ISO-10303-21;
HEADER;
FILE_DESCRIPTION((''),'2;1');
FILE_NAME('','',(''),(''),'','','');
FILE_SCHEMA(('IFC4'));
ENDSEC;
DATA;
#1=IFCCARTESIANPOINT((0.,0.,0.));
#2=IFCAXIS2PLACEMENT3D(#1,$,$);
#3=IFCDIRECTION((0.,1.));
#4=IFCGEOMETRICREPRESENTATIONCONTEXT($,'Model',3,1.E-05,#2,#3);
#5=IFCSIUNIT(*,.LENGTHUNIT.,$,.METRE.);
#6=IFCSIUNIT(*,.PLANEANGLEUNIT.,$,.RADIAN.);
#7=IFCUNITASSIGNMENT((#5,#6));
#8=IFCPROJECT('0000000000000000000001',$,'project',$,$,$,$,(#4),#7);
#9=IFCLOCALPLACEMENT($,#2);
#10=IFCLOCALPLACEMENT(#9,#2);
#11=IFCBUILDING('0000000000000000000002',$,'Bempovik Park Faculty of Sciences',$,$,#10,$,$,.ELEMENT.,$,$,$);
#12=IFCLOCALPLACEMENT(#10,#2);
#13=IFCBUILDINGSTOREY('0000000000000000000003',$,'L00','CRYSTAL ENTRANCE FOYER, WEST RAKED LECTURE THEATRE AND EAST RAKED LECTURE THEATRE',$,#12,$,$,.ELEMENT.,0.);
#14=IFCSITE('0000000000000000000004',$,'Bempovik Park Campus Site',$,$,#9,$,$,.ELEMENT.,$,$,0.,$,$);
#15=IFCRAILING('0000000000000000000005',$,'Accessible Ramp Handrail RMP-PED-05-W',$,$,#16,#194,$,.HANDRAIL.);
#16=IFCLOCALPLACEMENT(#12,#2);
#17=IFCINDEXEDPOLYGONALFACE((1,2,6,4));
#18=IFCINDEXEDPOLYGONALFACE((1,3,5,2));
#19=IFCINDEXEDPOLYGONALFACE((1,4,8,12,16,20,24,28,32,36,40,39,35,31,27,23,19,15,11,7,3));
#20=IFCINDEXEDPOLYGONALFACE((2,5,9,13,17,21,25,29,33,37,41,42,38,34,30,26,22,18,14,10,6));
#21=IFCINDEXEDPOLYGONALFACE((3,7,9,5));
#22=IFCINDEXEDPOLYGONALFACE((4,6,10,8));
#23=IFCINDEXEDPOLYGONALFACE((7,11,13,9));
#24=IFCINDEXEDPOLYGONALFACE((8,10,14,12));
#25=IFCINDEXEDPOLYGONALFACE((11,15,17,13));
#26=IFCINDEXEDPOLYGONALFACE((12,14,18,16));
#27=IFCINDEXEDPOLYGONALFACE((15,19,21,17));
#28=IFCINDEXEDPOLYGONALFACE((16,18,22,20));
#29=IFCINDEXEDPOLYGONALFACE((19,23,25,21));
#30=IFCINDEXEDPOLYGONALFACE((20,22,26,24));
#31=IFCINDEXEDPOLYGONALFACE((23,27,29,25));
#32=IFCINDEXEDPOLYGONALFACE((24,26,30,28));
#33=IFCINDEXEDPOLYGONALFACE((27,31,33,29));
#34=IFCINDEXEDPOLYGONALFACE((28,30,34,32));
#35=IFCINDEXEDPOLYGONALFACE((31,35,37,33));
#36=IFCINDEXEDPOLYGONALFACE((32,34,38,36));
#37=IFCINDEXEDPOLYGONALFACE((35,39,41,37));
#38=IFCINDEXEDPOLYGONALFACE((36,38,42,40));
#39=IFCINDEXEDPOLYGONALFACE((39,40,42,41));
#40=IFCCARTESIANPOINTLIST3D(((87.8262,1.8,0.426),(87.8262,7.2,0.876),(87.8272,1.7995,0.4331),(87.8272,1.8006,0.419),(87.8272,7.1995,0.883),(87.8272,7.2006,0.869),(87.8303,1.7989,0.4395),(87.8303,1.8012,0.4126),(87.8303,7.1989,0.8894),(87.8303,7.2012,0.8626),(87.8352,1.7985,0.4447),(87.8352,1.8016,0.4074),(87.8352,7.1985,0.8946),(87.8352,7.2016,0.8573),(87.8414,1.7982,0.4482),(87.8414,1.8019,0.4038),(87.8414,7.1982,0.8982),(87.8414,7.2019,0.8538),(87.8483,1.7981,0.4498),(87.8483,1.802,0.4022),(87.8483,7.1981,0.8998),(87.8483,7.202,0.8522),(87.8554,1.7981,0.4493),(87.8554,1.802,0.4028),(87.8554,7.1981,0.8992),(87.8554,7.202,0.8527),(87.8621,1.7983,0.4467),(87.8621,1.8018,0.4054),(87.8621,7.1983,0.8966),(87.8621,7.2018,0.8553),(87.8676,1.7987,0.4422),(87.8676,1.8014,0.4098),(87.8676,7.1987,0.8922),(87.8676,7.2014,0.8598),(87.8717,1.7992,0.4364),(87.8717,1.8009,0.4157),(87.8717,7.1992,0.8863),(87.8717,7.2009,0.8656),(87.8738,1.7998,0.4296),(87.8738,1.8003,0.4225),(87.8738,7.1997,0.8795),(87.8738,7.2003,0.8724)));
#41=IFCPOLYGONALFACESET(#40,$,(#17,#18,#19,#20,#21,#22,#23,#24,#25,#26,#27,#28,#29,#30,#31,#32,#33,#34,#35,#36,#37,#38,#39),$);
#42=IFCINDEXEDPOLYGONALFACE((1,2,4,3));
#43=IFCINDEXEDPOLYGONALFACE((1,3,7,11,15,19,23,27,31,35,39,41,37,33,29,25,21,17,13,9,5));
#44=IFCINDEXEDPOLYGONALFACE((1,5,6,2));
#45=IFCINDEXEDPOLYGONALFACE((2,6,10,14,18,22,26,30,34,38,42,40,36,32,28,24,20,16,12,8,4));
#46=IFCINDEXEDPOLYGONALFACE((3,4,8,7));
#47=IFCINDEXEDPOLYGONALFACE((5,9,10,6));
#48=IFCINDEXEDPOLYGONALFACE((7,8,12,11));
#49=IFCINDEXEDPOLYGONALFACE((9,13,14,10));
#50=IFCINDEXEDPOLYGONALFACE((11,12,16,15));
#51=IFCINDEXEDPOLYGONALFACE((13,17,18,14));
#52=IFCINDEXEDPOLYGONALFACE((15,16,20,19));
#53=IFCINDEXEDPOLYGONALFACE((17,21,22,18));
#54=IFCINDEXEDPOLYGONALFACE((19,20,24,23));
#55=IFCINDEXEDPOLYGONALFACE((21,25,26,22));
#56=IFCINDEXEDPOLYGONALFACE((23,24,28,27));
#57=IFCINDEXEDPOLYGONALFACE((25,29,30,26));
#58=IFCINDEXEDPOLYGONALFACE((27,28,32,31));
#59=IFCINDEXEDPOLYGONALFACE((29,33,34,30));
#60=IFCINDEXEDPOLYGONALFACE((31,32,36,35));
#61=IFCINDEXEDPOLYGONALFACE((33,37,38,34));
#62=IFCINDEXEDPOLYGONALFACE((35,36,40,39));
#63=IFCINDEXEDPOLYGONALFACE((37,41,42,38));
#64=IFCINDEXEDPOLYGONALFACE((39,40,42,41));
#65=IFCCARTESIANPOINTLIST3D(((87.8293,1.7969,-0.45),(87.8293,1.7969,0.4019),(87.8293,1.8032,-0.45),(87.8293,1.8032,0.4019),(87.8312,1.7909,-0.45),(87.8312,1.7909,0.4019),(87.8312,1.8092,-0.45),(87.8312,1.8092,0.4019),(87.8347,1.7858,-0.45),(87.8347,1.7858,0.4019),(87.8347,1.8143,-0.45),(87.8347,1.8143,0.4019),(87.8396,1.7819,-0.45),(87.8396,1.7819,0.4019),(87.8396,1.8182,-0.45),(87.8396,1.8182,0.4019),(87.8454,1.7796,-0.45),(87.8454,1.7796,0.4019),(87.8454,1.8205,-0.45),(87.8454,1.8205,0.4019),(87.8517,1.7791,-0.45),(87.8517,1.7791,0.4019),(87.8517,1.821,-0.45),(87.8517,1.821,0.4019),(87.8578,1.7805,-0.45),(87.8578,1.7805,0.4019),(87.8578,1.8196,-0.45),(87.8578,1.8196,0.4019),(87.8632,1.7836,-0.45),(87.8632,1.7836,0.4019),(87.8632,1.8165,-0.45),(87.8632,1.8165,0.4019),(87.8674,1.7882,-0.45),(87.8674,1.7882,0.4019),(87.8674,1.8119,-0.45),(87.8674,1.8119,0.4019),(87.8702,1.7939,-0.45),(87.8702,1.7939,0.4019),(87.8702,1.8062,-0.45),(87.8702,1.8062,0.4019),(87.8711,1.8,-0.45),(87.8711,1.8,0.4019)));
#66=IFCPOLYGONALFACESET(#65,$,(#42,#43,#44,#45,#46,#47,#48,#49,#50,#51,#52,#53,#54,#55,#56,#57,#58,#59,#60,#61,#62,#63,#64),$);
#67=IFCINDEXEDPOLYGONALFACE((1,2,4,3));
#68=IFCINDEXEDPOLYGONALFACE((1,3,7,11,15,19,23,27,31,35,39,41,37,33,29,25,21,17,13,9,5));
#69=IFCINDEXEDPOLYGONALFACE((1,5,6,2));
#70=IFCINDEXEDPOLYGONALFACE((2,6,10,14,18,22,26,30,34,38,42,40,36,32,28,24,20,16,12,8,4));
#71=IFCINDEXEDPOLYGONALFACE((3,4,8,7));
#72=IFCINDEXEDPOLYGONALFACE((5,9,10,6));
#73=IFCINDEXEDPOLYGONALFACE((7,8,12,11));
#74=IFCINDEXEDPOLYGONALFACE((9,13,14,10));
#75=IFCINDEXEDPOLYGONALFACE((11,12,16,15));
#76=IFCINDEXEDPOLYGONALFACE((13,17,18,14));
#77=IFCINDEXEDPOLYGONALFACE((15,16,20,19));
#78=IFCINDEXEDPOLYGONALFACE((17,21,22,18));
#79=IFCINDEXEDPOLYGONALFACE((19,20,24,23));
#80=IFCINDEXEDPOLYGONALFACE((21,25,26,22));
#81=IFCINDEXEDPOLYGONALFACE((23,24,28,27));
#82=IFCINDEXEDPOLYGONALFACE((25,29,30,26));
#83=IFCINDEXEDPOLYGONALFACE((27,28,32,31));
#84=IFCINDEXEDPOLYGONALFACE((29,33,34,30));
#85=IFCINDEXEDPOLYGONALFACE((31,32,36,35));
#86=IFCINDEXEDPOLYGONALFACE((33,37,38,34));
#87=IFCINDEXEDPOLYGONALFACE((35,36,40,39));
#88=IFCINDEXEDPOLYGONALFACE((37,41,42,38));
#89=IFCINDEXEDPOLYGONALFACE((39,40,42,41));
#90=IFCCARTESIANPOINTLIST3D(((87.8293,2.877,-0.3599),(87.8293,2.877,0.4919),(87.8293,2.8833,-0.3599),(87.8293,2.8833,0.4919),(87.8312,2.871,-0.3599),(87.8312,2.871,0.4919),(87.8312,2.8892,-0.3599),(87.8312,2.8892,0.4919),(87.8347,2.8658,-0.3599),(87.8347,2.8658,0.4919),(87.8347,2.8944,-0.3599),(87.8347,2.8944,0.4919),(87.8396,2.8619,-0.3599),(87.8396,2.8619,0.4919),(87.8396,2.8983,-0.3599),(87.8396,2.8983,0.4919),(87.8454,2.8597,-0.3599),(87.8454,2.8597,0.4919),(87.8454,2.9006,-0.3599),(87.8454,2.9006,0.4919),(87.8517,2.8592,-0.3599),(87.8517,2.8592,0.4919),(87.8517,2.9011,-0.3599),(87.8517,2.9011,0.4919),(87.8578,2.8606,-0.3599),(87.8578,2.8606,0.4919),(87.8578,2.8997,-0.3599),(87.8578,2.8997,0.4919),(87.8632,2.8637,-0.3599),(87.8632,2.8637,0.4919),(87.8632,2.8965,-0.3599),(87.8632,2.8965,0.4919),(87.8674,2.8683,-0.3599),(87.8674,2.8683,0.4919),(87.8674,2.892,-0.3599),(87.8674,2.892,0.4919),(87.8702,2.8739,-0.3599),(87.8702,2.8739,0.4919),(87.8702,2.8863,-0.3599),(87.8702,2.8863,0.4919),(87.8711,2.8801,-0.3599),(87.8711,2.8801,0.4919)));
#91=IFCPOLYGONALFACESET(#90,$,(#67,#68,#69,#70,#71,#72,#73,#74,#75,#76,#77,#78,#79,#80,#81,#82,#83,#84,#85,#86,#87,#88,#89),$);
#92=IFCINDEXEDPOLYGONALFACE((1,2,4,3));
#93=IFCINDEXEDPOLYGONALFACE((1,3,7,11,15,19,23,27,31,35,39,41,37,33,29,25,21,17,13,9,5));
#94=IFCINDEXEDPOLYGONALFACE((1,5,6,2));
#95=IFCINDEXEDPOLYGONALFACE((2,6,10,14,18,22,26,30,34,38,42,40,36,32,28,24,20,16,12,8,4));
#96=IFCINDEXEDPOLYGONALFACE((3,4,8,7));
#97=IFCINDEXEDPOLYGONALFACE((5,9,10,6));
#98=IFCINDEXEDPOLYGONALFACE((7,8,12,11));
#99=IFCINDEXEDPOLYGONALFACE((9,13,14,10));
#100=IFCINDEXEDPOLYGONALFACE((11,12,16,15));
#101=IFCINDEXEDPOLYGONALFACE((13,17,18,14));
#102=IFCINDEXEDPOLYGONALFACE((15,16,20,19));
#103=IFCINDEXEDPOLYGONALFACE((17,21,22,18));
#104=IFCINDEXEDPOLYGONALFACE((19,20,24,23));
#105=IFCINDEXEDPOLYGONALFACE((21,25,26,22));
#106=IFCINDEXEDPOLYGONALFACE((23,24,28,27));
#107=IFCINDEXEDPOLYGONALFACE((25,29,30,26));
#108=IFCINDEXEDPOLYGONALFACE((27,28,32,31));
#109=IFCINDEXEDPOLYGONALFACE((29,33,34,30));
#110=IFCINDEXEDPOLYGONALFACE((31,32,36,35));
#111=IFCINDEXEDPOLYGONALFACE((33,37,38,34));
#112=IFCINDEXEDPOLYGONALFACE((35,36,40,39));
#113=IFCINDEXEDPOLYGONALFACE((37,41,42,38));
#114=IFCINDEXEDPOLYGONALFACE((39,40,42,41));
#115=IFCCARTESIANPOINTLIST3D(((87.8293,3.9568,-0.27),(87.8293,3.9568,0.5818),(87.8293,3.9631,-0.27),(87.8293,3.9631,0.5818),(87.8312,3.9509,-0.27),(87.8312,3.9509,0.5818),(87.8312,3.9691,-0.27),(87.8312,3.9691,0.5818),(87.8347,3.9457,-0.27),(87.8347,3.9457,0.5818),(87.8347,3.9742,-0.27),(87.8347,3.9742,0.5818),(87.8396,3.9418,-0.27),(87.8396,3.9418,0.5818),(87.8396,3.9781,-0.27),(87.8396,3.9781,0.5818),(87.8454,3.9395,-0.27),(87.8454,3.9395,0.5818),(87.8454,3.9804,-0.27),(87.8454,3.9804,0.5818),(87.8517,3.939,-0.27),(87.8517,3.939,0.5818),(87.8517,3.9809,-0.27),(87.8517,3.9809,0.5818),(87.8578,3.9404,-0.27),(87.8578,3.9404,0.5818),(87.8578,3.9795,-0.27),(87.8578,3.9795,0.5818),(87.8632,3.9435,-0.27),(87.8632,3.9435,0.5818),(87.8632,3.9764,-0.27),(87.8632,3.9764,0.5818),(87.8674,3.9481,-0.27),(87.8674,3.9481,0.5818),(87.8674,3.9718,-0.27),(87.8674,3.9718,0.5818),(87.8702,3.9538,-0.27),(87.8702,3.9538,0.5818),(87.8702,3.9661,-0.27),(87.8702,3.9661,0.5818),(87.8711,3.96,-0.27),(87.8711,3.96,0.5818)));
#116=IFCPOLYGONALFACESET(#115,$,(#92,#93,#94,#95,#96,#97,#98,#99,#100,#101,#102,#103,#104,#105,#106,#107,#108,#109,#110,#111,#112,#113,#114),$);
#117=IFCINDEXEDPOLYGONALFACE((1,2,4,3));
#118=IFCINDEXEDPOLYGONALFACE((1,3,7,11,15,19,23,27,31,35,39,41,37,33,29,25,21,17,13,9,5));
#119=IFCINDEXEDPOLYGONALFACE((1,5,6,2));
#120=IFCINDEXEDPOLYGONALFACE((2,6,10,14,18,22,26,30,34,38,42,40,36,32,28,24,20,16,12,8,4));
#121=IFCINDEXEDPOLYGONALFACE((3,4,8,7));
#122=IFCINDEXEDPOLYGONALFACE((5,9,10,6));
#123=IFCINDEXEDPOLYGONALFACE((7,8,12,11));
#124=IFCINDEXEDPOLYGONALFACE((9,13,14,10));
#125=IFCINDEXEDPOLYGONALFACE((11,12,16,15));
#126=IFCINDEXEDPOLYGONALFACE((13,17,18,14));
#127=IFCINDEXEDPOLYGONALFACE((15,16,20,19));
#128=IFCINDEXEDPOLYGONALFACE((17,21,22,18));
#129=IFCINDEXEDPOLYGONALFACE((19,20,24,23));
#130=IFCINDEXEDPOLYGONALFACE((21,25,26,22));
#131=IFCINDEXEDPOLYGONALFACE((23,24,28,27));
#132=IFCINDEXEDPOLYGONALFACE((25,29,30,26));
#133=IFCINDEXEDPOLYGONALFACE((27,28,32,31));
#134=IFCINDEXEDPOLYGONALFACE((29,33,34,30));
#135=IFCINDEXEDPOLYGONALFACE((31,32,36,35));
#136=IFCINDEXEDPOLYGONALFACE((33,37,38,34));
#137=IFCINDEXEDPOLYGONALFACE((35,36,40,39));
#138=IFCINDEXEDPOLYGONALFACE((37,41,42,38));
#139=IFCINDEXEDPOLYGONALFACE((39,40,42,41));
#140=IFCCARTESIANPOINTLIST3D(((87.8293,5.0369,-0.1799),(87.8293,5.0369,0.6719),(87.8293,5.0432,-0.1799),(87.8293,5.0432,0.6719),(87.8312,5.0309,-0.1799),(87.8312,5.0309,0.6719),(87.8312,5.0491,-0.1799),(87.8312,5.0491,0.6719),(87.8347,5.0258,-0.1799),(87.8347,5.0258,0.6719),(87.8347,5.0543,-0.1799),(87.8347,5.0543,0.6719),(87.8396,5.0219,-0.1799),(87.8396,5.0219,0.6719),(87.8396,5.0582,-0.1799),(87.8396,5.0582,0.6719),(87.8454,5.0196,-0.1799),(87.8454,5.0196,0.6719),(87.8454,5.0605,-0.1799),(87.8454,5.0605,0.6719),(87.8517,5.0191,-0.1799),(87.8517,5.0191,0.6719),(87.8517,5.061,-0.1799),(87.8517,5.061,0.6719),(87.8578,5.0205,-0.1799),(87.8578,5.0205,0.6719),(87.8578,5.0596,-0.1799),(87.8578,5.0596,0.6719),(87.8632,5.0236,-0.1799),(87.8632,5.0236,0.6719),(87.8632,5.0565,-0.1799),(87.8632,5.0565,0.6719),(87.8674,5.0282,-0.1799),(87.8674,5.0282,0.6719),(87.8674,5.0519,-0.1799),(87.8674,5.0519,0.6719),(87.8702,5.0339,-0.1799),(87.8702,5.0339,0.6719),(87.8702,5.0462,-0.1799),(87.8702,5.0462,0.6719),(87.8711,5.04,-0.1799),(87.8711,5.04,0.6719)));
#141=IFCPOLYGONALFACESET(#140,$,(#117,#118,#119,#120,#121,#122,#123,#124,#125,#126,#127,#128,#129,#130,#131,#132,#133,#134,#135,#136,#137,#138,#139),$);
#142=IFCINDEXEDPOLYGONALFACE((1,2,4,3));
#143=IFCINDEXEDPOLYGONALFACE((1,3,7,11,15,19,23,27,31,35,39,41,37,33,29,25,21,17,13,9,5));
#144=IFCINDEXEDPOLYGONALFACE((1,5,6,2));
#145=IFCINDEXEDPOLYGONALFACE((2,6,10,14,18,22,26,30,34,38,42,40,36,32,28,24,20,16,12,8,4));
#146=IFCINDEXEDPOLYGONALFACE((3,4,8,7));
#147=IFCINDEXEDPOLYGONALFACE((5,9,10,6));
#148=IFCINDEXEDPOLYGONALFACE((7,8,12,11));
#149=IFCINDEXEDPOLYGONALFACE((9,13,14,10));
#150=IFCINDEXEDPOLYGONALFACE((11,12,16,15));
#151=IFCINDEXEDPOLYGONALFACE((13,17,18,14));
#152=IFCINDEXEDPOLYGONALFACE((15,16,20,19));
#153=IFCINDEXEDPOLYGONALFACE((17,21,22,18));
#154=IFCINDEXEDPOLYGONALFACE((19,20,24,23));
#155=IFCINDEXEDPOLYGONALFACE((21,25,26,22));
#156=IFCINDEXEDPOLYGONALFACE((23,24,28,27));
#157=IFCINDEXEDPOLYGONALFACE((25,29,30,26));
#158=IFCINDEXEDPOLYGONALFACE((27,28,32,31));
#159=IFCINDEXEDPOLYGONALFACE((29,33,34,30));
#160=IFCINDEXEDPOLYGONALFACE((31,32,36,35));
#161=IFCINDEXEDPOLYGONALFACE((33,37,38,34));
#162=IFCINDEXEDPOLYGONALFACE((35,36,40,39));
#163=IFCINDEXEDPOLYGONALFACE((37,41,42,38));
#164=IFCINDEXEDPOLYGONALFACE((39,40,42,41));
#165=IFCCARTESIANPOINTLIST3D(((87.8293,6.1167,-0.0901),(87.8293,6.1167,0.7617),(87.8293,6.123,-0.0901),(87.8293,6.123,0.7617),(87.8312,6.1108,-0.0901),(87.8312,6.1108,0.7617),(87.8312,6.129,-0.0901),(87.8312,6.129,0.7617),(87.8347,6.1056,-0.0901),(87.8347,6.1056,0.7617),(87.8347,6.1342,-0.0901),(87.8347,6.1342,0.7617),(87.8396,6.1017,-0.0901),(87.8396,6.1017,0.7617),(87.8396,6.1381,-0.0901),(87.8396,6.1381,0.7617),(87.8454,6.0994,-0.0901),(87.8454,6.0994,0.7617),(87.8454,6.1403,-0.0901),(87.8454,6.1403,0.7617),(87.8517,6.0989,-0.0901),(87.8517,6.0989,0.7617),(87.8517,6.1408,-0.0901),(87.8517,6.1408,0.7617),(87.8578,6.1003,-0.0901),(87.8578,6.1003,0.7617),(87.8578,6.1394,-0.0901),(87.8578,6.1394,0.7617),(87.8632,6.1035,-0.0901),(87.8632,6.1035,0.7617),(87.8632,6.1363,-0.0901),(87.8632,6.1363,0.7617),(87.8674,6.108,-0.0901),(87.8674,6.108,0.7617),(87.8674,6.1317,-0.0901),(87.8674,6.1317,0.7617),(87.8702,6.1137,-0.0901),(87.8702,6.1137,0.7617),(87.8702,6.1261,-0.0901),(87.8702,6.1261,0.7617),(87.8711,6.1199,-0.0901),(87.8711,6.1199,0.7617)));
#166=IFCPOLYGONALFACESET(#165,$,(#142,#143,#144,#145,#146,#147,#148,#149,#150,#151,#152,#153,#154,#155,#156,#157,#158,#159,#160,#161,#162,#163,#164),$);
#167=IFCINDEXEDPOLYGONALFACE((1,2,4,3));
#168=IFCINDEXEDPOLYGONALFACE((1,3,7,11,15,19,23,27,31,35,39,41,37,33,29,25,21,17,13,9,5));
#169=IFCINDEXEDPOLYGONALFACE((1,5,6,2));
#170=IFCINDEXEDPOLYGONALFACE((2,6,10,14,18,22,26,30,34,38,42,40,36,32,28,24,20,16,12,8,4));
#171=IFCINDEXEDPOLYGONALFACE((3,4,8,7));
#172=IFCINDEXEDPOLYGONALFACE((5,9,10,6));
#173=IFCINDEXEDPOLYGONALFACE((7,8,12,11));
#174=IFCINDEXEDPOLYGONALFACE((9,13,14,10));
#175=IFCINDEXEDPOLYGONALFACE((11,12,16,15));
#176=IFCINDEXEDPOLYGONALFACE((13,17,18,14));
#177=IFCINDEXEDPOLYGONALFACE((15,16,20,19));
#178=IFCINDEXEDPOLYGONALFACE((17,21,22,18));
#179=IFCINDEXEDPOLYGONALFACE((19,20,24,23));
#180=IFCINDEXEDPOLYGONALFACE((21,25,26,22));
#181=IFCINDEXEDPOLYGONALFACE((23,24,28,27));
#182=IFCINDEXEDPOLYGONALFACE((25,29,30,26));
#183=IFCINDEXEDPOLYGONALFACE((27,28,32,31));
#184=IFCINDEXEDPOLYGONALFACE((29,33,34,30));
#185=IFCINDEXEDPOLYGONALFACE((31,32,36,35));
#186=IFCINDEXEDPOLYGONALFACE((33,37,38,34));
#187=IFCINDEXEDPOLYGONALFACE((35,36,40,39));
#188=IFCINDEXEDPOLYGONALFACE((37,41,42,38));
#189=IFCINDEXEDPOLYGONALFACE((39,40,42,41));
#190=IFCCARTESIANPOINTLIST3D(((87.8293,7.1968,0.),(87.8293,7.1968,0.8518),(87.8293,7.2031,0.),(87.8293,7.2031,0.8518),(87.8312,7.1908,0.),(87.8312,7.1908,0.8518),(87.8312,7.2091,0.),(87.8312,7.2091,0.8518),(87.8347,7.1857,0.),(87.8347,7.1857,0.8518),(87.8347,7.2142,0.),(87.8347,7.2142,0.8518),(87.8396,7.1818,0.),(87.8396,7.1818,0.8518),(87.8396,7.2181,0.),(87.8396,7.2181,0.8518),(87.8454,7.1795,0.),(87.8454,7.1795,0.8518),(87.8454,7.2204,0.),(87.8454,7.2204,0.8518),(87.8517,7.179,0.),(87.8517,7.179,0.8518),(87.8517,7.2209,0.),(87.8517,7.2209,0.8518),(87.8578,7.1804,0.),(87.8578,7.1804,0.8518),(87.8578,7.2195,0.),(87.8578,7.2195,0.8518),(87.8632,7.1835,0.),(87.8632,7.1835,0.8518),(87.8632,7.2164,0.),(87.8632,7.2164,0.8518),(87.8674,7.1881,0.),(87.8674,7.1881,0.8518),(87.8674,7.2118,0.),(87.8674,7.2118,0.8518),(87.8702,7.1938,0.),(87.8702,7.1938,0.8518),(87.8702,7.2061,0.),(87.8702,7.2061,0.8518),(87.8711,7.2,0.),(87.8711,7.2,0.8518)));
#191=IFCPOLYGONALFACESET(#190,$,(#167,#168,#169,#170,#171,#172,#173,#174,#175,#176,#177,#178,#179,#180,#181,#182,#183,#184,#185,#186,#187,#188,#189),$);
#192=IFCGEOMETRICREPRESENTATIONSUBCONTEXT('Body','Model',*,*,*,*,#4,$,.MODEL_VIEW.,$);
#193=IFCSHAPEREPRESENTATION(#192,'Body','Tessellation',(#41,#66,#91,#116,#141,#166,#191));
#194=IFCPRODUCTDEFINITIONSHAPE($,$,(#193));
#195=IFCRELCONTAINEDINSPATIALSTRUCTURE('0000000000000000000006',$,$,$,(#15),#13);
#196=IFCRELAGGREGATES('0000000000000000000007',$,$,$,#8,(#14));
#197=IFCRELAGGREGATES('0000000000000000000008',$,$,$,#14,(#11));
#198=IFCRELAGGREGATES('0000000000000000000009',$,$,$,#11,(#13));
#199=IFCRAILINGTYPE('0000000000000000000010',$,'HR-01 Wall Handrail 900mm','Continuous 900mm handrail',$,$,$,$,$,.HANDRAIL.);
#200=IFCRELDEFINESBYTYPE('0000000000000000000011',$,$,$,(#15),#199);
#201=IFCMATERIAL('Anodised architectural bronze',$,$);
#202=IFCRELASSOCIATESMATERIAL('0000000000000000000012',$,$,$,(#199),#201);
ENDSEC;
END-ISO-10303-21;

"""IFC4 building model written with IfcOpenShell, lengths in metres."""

from ifc_helpers import new_model, si_unit, direction, frame, origin, origin_2d, place, context, subcontext, project, spatial, circle, extrude, material, type_object, element, save


model = new_model("IFC4")

# Units and contexts
model_context = context("Model", 3, precision=1e-05, world=origin(), true_north=direction((0.0, 1.0)))
body_context = subcontext(model_context, "Body", "Model", "MODEL_VIEW")
ifc_project = project(units=[si_unit("LENGTHUNIT", "METRE"), si_unit("PLANEANGLEUNIT", "RADIAN")], contexts=[model_context])

# Site, building, storey
site_placement = place(None, origin())
site = spatial("IfcSite", under=ifc_project, at=site_placement, Name="Bempovik Park Campus Site", CompositionType="ELEMENT", RefElevation=0.0)
building_placement = place(site_placement, origin())
building = spatial("IfcBuilding", under=site, at=building_placement, Name="Bempovik Park Faculty of Sciences", CompositionType="ELEMENT")
storey_placement = place(building_placement, origin())
storey = spatial("IfcBuildingStorey", under=building, at=storey_placement, Name="L00", Description="CRYSTAL ENTRANCE FOYER, WEST RAKED LECTURE THEATRE AND EAST RAKED LECTURE THEATRE", CompositionType="ELEMENT", Elevation=0.0)

# Railing
ifc_material_1 = material(Name="Anodised architectural bronze")
railing_type = type_object("IfcRailingType", Name="HR-01 Wall Handrail 900mm", Description="Continuous 900mm handrail", PredefinedType="HANDRAIL", material=ifc_material_1)
for number, where, name in (
    (1, (87.8501, 1.8, -0.45), "Accessible Ramp Handrail RMP-PED-05-W"),
):
    element("IfcRailing", number, at=place(storey_placement, frame(where)), inside=storey, type_object=railing_type, Name=name, PredefinedType="HANDRAIL", context=body_context, shape_type="SweptSolid", body=[
        extrude(circle(Radius=0.0239, at=origin_2d()), frame((0.0, 0.0, 0.876), z_axis=(0.0, 0.996546, 0.083038), x_axis=(-1.0, 0.0, 0.0)), (0.0, 0.0, 1.0), 5.4187),
        extrude(circle(Radius=0.021, at=origin_2d()), origin(), (0.0, 0.0, 1.0), 0.8518),
        extrude(circle(Radius=0.021, at=origin_2d()), frame((0.0, 1.0801, 0.0901)), (0.0, 0.0, 1.0), 0.8518),
        extrude(circle(Radius=0.021, at=origin_2d()), frame((0.0, 2.1599, 0.1799)), (0.0, 0.0, 1.0), 0.8518),
        extrude(circle(Radius=0.021, at=origin_2d()), frame((0.0, 3.24, 0.27)), (0.0, 0.0, 1.0), 0.8518),
        extrude(circle(Radius=0.021, at=origin_2d()), frame((0.0, 4.3198, 0.3599)), (0.0, 0.0, 1.0), 0.8518),
        extrude(circle(Radius=0.021, at=origin_2d()), frame((0.0, 5.3999, 0.45)), (0.0, 0.0, 1.0), 0.8518),
    ])

save(model, "model.ifc")
